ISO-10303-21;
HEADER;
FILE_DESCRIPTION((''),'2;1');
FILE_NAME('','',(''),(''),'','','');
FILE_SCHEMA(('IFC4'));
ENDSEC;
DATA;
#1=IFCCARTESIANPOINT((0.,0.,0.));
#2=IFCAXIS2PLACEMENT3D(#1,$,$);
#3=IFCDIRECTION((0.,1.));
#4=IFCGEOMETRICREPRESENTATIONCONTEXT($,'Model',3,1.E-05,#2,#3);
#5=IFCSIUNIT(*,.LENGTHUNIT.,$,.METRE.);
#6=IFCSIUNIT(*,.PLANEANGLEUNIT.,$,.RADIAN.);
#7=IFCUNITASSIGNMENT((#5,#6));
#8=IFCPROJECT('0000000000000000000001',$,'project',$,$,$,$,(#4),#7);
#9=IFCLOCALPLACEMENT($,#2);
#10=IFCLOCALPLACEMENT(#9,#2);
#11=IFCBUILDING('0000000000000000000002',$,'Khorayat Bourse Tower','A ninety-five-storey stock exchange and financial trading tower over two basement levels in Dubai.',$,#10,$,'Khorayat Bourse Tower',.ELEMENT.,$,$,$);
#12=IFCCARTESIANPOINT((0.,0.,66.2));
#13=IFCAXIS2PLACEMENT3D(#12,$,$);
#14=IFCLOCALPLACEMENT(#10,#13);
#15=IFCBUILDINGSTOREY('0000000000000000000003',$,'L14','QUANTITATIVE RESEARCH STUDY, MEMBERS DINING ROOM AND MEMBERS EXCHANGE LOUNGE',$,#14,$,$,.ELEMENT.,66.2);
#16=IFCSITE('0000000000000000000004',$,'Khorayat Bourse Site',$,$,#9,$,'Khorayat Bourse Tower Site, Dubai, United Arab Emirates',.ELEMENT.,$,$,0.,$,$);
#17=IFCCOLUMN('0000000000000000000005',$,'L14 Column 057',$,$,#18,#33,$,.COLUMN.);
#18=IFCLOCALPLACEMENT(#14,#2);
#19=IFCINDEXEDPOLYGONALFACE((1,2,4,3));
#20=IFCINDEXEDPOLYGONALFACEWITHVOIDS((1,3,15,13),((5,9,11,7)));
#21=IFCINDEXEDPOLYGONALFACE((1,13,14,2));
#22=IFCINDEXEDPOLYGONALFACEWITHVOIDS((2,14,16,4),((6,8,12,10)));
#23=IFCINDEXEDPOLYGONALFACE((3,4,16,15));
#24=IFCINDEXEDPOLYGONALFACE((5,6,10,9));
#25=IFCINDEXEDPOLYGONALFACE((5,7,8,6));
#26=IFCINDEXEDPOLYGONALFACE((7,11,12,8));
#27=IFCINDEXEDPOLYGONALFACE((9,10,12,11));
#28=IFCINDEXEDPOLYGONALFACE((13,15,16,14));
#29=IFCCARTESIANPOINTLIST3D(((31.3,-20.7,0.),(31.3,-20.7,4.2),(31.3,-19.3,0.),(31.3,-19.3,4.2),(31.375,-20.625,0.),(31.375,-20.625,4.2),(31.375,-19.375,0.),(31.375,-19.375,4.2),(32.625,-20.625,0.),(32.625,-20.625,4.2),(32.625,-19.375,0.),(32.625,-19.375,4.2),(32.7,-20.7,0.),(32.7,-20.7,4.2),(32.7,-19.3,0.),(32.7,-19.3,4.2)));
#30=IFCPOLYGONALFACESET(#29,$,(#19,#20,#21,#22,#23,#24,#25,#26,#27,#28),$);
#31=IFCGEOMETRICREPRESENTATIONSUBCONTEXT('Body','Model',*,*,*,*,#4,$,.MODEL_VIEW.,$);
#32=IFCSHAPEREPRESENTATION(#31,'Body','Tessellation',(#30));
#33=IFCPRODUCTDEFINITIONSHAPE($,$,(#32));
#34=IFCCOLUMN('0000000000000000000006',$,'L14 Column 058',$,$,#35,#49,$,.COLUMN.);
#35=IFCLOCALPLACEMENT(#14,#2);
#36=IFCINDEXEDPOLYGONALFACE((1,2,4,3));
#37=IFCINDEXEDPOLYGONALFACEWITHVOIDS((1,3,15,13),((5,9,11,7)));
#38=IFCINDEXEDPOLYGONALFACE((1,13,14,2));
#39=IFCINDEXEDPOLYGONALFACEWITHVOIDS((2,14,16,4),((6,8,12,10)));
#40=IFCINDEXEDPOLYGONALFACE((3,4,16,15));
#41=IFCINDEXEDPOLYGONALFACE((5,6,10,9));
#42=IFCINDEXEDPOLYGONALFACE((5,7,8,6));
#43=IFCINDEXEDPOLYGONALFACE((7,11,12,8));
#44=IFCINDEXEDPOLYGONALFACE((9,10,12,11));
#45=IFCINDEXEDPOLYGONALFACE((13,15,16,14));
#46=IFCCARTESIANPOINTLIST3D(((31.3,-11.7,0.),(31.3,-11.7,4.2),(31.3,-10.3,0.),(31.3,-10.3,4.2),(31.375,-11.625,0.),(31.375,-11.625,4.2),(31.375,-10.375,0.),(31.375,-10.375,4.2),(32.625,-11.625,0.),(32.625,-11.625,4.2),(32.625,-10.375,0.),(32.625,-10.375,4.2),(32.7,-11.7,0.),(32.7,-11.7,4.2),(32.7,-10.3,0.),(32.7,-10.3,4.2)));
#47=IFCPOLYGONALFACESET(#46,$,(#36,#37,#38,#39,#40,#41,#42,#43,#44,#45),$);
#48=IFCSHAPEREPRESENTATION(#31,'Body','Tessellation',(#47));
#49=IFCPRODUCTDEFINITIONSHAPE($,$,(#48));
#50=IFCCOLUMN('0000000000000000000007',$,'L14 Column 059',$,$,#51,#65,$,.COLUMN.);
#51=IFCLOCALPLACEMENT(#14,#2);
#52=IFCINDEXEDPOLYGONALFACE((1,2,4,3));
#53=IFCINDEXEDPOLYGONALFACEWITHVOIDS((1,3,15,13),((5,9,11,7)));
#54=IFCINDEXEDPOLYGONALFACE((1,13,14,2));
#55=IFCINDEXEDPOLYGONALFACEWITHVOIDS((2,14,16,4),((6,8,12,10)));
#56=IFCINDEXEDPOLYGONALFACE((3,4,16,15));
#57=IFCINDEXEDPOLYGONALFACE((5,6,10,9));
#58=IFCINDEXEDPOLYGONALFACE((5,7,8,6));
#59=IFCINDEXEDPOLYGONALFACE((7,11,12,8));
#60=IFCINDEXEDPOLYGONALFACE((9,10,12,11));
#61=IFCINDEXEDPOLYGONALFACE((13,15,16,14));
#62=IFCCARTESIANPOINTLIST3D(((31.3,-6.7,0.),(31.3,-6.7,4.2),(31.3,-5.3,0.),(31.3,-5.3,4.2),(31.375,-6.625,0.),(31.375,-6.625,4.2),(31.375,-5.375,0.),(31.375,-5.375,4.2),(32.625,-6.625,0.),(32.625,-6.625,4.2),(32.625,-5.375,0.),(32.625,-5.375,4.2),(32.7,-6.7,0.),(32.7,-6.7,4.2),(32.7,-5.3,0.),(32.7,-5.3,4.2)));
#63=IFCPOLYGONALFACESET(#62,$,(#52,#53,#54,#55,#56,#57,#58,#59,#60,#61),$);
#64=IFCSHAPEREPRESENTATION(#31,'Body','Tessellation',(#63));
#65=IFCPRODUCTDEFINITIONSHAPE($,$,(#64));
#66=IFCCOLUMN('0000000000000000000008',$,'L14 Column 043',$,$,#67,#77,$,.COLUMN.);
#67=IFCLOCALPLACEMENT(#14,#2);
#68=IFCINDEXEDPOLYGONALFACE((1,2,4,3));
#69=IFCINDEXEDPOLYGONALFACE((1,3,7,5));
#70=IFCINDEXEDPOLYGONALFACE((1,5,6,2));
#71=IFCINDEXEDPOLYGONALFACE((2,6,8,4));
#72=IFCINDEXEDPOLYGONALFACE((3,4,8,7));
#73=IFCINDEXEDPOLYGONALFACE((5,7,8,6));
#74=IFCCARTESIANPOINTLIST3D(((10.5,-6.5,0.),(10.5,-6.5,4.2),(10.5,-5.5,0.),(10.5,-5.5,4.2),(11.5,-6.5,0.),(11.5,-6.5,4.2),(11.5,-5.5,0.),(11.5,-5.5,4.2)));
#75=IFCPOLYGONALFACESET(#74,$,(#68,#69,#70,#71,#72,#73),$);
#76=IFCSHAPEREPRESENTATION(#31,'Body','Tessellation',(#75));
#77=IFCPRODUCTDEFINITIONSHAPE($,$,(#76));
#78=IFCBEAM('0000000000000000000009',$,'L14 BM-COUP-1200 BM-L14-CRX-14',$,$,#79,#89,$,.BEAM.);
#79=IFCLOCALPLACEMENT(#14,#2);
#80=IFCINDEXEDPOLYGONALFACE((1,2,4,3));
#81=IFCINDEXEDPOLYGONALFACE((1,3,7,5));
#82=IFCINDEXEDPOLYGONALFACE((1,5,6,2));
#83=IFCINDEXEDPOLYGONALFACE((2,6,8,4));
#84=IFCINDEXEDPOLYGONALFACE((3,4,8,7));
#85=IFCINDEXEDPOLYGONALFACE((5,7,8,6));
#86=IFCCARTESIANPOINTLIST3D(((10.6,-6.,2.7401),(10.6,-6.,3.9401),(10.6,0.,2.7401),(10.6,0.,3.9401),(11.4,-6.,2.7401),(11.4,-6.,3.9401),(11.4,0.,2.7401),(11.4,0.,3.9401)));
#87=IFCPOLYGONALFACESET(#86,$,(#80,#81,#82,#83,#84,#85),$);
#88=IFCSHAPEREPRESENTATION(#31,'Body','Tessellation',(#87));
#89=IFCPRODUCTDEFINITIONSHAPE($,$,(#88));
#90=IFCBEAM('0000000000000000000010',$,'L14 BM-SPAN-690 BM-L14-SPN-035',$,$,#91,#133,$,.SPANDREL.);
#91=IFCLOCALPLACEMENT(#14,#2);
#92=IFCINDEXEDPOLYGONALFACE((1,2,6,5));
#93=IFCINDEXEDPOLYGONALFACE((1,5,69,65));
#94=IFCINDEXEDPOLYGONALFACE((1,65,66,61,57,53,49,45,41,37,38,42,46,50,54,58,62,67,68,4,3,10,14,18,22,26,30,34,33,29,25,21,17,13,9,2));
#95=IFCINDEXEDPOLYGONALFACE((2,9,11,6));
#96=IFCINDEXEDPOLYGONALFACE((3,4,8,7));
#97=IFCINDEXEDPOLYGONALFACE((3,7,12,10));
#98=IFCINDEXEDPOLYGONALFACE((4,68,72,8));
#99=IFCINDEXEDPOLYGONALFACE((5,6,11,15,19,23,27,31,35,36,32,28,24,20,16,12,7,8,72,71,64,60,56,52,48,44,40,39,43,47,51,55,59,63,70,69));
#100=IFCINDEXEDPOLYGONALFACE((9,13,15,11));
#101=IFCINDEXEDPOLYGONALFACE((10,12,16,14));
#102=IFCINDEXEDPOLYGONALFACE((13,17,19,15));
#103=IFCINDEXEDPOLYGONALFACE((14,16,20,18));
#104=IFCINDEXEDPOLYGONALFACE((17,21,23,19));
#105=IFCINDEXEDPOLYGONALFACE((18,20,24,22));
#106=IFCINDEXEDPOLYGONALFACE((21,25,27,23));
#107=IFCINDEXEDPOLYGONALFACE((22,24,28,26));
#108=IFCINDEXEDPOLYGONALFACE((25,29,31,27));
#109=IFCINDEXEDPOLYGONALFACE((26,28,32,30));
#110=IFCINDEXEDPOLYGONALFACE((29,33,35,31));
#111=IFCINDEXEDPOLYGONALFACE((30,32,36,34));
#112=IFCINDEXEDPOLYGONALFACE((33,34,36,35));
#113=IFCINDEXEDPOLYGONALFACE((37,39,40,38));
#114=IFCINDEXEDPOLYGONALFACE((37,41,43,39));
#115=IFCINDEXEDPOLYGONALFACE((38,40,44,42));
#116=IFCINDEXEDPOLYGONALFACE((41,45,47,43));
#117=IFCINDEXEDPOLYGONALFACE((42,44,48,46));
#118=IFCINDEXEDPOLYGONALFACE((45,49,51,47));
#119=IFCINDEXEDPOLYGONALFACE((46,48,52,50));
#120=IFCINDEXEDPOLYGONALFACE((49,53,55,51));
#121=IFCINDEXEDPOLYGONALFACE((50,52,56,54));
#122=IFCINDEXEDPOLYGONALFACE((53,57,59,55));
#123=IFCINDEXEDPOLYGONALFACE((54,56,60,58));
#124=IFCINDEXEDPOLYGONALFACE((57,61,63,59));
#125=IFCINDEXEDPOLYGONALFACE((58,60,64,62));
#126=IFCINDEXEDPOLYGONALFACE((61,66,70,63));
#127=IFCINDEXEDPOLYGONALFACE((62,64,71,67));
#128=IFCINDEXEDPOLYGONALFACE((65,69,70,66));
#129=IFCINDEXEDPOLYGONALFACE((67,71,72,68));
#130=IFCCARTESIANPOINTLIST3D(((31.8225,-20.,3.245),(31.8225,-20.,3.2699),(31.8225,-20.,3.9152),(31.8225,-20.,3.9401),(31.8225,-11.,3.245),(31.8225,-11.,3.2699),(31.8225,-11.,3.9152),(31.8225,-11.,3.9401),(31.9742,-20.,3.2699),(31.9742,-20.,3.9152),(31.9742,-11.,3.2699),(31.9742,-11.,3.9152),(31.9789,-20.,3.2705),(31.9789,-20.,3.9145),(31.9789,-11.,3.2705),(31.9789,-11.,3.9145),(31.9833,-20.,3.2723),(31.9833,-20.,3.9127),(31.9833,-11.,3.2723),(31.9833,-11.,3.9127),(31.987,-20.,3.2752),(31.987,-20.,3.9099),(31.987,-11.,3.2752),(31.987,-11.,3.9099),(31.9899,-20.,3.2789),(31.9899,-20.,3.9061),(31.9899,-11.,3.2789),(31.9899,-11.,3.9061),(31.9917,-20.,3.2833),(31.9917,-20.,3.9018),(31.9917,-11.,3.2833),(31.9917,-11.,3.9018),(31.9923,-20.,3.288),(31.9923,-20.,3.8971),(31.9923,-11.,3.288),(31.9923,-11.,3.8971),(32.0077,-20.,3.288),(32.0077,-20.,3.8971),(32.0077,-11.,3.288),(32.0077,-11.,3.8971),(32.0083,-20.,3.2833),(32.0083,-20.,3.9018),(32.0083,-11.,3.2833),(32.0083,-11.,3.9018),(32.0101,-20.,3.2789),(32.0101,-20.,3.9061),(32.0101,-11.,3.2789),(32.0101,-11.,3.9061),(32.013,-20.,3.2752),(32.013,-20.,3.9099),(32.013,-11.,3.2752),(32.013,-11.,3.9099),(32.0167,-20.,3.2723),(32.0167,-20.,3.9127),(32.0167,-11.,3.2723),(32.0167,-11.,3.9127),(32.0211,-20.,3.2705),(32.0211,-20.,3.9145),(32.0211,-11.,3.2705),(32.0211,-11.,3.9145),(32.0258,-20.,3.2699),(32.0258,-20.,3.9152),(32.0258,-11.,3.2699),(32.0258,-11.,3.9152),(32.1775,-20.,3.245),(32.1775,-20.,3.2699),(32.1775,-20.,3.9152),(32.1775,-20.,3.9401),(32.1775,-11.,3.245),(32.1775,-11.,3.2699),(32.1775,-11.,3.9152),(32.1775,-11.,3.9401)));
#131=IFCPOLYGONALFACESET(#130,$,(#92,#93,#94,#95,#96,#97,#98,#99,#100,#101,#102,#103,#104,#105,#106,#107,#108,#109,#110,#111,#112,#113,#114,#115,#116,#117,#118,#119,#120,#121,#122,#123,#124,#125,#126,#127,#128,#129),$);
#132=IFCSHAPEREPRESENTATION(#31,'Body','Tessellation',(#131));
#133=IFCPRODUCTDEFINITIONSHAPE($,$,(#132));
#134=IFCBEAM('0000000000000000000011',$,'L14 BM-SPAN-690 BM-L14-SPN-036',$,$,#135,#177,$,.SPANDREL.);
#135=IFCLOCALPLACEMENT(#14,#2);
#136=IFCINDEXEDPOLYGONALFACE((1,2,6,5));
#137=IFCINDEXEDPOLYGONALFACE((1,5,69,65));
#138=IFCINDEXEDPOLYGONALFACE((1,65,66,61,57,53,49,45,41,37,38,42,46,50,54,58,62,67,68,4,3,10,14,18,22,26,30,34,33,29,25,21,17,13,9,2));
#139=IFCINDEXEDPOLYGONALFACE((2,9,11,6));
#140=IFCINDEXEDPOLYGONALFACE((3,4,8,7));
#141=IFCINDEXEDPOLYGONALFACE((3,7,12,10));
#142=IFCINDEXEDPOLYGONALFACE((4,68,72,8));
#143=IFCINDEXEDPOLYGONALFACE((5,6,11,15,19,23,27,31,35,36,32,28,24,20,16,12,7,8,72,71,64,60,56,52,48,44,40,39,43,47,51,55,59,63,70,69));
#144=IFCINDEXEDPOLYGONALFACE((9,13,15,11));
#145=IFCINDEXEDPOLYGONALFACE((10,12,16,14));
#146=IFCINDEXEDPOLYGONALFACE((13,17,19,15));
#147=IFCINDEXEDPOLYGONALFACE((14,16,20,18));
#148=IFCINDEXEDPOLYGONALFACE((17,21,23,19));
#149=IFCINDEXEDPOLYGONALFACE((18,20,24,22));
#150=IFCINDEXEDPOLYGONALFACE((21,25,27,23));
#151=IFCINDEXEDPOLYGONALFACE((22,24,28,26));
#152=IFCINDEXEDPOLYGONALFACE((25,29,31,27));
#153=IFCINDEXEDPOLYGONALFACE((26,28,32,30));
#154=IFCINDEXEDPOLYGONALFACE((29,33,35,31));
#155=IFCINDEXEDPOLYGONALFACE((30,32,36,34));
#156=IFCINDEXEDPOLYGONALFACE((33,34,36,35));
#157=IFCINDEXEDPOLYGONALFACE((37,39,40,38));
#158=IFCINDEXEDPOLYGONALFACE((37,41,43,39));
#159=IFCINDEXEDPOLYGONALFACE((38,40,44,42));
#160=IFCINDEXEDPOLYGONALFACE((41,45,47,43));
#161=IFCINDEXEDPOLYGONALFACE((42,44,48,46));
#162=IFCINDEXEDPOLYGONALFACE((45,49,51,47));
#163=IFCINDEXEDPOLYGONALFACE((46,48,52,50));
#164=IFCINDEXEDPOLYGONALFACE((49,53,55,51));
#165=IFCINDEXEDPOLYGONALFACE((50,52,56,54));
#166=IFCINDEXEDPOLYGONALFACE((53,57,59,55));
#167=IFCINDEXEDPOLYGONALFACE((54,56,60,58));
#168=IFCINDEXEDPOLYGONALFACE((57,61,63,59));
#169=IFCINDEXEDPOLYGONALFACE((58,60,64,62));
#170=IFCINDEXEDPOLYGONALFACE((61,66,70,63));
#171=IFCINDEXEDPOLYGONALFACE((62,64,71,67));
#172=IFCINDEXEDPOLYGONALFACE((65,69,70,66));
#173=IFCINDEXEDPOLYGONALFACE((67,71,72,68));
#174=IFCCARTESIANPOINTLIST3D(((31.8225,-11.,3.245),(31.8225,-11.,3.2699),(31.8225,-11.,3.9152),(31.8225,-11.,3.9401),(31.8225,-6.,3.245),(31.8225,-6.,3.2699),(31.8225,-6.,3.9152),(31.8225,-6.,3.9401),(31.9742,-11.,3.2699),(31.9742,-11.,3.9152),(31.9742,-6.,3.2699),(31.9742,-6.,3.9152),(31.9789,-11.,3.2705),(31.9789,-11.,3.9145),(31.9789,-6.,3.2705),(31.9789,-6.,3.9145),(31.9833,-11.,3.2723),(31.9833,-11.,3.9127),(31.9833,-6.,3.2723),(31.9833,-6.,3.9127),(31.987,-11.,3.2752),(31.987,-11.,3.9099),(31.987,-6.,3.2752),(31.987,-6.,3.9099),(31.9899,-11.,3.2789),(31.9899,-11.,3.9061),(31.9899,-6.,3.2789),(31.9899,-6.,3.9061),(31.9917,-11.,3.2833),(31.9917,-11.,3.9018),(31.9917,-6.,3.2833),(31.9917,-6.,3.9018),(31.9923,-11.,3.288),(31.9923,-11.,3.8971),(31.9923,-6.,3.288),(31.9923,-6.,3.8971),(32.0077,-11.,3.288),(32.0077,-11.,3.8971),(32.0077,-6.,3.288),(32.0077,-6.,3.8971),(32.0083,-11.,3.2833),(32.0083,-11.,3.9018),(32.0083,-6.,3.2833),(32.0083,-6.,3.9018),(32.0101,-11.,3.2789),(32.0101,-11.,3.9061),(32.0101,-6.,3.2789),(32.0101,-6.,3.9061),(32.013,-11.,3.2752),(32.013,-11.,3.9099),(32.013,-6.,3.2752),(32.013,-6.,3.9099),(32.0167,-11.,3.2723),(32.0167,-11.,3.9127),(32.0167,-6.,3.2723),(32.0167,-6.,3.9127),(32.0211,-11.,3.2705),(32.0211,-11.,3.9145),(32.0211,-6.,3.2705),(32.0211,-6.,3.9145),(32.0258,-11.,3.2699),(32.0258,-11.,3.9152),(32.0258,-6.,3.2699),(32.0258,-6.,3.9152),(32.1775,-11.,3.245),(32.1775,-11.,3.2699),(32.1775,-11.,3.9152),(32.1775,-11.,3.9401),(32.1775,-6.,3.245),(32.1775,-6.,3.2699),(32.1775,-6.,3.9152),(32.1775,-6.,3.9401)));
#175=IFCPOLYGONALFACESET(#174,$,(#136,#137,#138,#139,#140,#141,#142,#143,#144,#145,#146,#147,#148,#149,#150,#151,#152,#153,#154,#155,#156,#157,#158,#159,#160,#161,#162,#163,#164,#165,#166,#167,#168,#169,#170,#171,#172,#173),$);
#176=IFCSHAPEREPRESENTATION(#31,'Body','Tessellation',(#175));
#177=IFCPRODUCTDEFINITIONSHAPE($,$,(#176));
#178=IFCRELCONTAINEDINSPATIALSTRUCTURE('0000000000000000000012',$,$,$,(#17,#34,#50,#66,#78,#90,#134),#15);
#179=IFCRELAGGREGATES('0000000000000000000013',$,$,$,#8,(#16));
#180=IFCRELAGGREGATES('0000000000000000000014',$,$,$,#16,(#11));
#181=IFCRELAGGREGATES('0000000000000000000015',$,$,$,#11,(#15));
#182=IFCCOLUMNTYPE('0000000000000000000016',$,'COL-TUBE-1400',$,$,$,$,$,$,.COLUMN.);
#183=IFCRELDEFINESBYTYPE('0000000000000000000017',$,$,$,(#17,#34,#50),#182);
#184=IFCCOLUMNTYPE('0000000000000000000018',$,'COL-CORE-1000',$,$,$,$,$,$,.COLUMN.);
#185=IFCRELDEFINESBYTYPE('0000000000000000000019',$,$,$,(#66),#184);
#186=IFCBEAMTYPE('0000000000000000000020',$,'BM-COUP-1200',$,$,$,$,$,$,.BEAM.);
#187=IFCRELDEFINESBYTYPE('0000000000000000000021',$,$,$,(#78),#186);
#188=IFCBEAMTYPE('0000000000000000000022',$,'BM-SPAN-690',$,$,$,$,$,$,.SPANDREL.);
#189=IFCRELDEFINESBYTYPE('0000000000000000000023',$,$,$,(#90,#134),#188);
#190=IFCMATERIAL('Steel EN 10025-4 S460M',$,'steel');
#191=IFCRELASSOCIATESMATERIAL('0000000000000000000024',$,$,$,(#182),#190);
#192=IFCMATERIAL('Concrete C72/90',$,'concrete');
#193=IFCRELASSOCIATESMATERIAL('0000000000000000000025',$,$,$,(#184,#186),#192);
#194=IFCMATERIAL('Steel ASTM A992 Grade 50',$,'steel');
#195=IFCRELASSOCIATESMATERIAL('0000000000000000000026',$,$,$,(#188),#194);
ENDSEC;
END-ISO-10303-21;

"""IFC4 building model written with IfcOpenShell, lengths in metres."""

from ifc_helpers import new_model, si_unit, direction, frame, origin, origin_2d, place, context, subcontext, project, spatial, rectangle, hollow_rectangle, i_section, extrude, source, transform, mapped, material, material_profile, profile_set, type_object, element, save


model = new_model("IFC4")

# Units and contexts
model_context = context("Model", 3, precision=1e-05, world=origin(), true_north=direction((0.0, 1.0)))
body_context = subcontext(model_context, "Body", "Model", "MODEL_VIEW")
ifc_project = project(units=[si_unit("LENGTHUNIT", "METRE"), si_unit("PLANEANGLEUNIT", "RADIAN")], contexts=[model_context])

# Site, building, storey
site_placement = place(None, origin())
site = spatial("IfcSite", under=ifc_project, at=site_placement, Name="Khorayat Bourse Site", LongName="Khorayat Bourse Tower Site, Dubai, United Arab Emirates", CompositionType="ELEMENT", RefElevation=0.0)
building_placement = place(site_placement, origin())
building = spatial("IfcBuilding", under=site, at=building_placement, Name="Khorayat Bourse Tower", Description="A ninety-five-storey stock exchange and financial trading tower over two basement levels in Dubai.", LongName="Khorayat Bourse Tower", CompositionType="ELEMENT")
storey_placement = place(building_placement, frame((0.0, 0.0, 66.2)))
storey = spatial("IfcBuildingStorey", under=building, at=storey_placement, Name="L14", Description="QUANTITATIVE RESEARCH STUDY, MEMBERS DINING ROOM AND MEMBERS EXCHANGE LOUNGE", CompositionType="ELEMENT", Elevation=66.2)

# Columns
ifc_material_1 = material(Name="Steel EN 10025-4 S460M", Category="steel")
ifc_material_profile_1 = material_profile(ifc_material_1, hollow_rectangle(XDim=1.3999, YDim=1.3999, WallThickness=0.075, at=origin_2d()), Name="BOX 1400x1400x75")
ifc_profile_set_1 = profile_set([ifc_material_profile_1], Name="Steel EN 10025-4 S460M")
column_type_1 = type_object("IfcColumnType", Name="COL-TUBE-1400", PredefinedType="COLUMN", material=ifc_profile_set_1)
shared_shape_1 = source(origin(), body_context, "Body", "SweptSolid", [
    extrude(hollow_rectangle(XDim=1.3999, YDim=1.3999, WallThickness=0.075, at=origin_2d()), origin(), (0.0, 0.0, 1.0), 4.2),
])
for number, where, z_axis, x_axis, name in (
    (1, (32.0, -20.0, 0.0), (0.0, 0.0, 1.0), (1.0, 0.0, 0.0), "L14 Column 057"),
    (2, (32.0, -11.0, 0.0), (0.0, 0.0, 1.0), (1.0, 0.0, 0.0), "L14 Column 058"),
    (3, (32.0, -6.0, 0.0), (0.0, 0.0, 1.0), (1.0, 0.0, 0.0), "L14 Column 059"),
):
    element("IfcColumn", number, at=place(storey_placement, frame(where, z_axis=z_axis, x_axis=x_axis)), inside=storey, type_object=column_type_1, Name=name, PredefinedType="COLUMN", context=body_context, shape_type="MappedRepresentation", body=[
        mapped(shared_shape_1, transform((0.0, 0.0, 0.0), scale=1.0)),
    ])
ifc_material_2 = material(Name="Concrete C72/90", Category="concrete")
ifc_material_profile_2 = material_profile(ifc_material_2, rectangle(XDim=1.0, YDim=1.0, at=origin_2d()), Name="RC 1000x1000")
ifc_profile_set_2 = profile_set([ifc_material_profile_2], Name="Concrete C72/90")
column_type_2 = type_object("IfcColumnType", Name="COL-CORE-1000", PredefinedType="COLUMN", material=ifc_profile_set_2)
shared_shape_2 = source(origin(), body_context, "Body", "SweptSolid", [
    extrude(rectangle(XDim=1.0, YDim=1.0, at=origin_2d()), origin(), (0.0, 0.0, 1.0), 4.2),
])
column_placement = place(storey_placement, frame((11.0, -6.0, 0.0), z_axis=(0.0, 0.0, 1.0), x_axis=(1.0, 0.0, 0.0)))
element("IfcColumn", 4, at=column_placement, inside=storey, type_object=column_type_2, Name="L14 Column 043", PredefinedType="COLUMN", context=body_context, shape_type="MappedRepresentation", body=[
    mapped(shared_shape_2, transform((0.0, 0.0, 0.0), scale=1.0)),
])

# Beams
ifc_material_profile_3 = material_profile(ifc_material_2, rectangle(XDim=0.8, YDim=1.2, at=origin_2d()), Name="RC 800x1200")
ifc_profile_set_3 = profile_set([ifc_material_profile_3], Name="Concrete C72/90")
beam_type_1 = type_object("IfcBeamType", Name="BM-COUP-1200", PredefinedType="BEAM", material=ifc_profile_set_3)
shared_shape_3 = source(origin(), body_context, "Body", "SweptSolid", [
    extrude(rectangle(XDim=0.8, YDim=1.2, at=origin_2d()), origin(), (0.0, 0.0, 1.0), 6.0),
])
beam_1_placement = place(storey_placement, frame((11.0, -6.0, 3.3401), z_axis=(0.0, 1.0, 0.0), x_axis=(-1.0, 0.0, 0.0)))
element("IfcBeam", 5, at=beam_1_placement, inside=storey, type_object=beam_type_1, Name="L14 BM-COUP-1200 BM-L14-CRX-14", PredefinedType="BEAM", context=body_context, shape_type="MappedRepresentation", body=[
    mapped(shared_shape_3, transform((0.0, 0.0, 0.0), scale=1.0)),
])
ifc_material_3 = material(Name="Steel ASTM A992 Grade 50", Category="steel")
ifc_material_profile_4 = material_profile(ifc_material_3, i_section(OverallWidth=0.355, OverallDepth=0.6951, WebThickness=0.0154, FlangeThickness=0.0249, FilletRadius=0.0181, at=origin_2d()), Name="W690X217")
ifc_profile_set_4 = profile_set([ifc_material_profile_4], Name="Steel ASTM A992 Grade 50")
beam_type_2 = type_object("IfcBeamType", Name="BM-SPAN-690", PredefinedType="SPANDREL", material=ifc_profile_set_4)
shared_shape_4 = source(origin(), body_context, "Body", "SweptSolid", [
    extrude(i_section(OverallWidth=0.355, OverallDepth=0.6951, WebThickness=0.0154, FlangeThickness=0.0249, FilletRadius=0.0181, at=origin_2d()), origin(), (0.0, 0.0, 1.0), 9.0),
])
beam_2_placement = place(storey_placement, frame((32.0, -20.0, 3.5925), z_axis=(0.0, 1.0, 0.0), x_axis=(-1.0, 0.0, 0.0)))
element("IfcBeam", 6, at=beam_2_placement, inside=storey, type_object=beam_type_2, Name="L14 BM-SPAN-690 BM-L14-SPN-035", PredefinedType="SPANDREL", context=body_context, shape_type="MappedRepresentation", body=[
    mapped(shared_shape_4, transform((0.0, 0.0, 0.0), scale=1.0)),
])
shared_shape_5 = source(origin(), body_context, "Body", "SweptSolid", [
    extrude(i_section(OverallWidth=0.355, OverallDepth=0.6951, WebThickness=0.0154, FlangeThickness=0.0249, FilletRadius=0.0181, at=origin_2d()), origin(), (0.0, 0.0, 1.0), 5.0),
])
beam_3_placement = place(storey_placement, frame((32.0, -11.0, 3.5925), z_axis=(0.0, 1.0, 0.0), x_axis=(-1.0, 0.0, 0.0)))
element("IfcBeam", 7, at=beam_3_placement, inside=storey, type_object=beam_type_2, Name="L14 BM-SPAN-690 BM-L14-SPN-036", PredefinedType="SPANDREL", context=body_context, shape_type="MappedRepresentation", body=[
    mapped(shared_shape_5, transform((0.0, 0.0, 0.0), scale=1.0)),
])

save(model, "model.ifc")
